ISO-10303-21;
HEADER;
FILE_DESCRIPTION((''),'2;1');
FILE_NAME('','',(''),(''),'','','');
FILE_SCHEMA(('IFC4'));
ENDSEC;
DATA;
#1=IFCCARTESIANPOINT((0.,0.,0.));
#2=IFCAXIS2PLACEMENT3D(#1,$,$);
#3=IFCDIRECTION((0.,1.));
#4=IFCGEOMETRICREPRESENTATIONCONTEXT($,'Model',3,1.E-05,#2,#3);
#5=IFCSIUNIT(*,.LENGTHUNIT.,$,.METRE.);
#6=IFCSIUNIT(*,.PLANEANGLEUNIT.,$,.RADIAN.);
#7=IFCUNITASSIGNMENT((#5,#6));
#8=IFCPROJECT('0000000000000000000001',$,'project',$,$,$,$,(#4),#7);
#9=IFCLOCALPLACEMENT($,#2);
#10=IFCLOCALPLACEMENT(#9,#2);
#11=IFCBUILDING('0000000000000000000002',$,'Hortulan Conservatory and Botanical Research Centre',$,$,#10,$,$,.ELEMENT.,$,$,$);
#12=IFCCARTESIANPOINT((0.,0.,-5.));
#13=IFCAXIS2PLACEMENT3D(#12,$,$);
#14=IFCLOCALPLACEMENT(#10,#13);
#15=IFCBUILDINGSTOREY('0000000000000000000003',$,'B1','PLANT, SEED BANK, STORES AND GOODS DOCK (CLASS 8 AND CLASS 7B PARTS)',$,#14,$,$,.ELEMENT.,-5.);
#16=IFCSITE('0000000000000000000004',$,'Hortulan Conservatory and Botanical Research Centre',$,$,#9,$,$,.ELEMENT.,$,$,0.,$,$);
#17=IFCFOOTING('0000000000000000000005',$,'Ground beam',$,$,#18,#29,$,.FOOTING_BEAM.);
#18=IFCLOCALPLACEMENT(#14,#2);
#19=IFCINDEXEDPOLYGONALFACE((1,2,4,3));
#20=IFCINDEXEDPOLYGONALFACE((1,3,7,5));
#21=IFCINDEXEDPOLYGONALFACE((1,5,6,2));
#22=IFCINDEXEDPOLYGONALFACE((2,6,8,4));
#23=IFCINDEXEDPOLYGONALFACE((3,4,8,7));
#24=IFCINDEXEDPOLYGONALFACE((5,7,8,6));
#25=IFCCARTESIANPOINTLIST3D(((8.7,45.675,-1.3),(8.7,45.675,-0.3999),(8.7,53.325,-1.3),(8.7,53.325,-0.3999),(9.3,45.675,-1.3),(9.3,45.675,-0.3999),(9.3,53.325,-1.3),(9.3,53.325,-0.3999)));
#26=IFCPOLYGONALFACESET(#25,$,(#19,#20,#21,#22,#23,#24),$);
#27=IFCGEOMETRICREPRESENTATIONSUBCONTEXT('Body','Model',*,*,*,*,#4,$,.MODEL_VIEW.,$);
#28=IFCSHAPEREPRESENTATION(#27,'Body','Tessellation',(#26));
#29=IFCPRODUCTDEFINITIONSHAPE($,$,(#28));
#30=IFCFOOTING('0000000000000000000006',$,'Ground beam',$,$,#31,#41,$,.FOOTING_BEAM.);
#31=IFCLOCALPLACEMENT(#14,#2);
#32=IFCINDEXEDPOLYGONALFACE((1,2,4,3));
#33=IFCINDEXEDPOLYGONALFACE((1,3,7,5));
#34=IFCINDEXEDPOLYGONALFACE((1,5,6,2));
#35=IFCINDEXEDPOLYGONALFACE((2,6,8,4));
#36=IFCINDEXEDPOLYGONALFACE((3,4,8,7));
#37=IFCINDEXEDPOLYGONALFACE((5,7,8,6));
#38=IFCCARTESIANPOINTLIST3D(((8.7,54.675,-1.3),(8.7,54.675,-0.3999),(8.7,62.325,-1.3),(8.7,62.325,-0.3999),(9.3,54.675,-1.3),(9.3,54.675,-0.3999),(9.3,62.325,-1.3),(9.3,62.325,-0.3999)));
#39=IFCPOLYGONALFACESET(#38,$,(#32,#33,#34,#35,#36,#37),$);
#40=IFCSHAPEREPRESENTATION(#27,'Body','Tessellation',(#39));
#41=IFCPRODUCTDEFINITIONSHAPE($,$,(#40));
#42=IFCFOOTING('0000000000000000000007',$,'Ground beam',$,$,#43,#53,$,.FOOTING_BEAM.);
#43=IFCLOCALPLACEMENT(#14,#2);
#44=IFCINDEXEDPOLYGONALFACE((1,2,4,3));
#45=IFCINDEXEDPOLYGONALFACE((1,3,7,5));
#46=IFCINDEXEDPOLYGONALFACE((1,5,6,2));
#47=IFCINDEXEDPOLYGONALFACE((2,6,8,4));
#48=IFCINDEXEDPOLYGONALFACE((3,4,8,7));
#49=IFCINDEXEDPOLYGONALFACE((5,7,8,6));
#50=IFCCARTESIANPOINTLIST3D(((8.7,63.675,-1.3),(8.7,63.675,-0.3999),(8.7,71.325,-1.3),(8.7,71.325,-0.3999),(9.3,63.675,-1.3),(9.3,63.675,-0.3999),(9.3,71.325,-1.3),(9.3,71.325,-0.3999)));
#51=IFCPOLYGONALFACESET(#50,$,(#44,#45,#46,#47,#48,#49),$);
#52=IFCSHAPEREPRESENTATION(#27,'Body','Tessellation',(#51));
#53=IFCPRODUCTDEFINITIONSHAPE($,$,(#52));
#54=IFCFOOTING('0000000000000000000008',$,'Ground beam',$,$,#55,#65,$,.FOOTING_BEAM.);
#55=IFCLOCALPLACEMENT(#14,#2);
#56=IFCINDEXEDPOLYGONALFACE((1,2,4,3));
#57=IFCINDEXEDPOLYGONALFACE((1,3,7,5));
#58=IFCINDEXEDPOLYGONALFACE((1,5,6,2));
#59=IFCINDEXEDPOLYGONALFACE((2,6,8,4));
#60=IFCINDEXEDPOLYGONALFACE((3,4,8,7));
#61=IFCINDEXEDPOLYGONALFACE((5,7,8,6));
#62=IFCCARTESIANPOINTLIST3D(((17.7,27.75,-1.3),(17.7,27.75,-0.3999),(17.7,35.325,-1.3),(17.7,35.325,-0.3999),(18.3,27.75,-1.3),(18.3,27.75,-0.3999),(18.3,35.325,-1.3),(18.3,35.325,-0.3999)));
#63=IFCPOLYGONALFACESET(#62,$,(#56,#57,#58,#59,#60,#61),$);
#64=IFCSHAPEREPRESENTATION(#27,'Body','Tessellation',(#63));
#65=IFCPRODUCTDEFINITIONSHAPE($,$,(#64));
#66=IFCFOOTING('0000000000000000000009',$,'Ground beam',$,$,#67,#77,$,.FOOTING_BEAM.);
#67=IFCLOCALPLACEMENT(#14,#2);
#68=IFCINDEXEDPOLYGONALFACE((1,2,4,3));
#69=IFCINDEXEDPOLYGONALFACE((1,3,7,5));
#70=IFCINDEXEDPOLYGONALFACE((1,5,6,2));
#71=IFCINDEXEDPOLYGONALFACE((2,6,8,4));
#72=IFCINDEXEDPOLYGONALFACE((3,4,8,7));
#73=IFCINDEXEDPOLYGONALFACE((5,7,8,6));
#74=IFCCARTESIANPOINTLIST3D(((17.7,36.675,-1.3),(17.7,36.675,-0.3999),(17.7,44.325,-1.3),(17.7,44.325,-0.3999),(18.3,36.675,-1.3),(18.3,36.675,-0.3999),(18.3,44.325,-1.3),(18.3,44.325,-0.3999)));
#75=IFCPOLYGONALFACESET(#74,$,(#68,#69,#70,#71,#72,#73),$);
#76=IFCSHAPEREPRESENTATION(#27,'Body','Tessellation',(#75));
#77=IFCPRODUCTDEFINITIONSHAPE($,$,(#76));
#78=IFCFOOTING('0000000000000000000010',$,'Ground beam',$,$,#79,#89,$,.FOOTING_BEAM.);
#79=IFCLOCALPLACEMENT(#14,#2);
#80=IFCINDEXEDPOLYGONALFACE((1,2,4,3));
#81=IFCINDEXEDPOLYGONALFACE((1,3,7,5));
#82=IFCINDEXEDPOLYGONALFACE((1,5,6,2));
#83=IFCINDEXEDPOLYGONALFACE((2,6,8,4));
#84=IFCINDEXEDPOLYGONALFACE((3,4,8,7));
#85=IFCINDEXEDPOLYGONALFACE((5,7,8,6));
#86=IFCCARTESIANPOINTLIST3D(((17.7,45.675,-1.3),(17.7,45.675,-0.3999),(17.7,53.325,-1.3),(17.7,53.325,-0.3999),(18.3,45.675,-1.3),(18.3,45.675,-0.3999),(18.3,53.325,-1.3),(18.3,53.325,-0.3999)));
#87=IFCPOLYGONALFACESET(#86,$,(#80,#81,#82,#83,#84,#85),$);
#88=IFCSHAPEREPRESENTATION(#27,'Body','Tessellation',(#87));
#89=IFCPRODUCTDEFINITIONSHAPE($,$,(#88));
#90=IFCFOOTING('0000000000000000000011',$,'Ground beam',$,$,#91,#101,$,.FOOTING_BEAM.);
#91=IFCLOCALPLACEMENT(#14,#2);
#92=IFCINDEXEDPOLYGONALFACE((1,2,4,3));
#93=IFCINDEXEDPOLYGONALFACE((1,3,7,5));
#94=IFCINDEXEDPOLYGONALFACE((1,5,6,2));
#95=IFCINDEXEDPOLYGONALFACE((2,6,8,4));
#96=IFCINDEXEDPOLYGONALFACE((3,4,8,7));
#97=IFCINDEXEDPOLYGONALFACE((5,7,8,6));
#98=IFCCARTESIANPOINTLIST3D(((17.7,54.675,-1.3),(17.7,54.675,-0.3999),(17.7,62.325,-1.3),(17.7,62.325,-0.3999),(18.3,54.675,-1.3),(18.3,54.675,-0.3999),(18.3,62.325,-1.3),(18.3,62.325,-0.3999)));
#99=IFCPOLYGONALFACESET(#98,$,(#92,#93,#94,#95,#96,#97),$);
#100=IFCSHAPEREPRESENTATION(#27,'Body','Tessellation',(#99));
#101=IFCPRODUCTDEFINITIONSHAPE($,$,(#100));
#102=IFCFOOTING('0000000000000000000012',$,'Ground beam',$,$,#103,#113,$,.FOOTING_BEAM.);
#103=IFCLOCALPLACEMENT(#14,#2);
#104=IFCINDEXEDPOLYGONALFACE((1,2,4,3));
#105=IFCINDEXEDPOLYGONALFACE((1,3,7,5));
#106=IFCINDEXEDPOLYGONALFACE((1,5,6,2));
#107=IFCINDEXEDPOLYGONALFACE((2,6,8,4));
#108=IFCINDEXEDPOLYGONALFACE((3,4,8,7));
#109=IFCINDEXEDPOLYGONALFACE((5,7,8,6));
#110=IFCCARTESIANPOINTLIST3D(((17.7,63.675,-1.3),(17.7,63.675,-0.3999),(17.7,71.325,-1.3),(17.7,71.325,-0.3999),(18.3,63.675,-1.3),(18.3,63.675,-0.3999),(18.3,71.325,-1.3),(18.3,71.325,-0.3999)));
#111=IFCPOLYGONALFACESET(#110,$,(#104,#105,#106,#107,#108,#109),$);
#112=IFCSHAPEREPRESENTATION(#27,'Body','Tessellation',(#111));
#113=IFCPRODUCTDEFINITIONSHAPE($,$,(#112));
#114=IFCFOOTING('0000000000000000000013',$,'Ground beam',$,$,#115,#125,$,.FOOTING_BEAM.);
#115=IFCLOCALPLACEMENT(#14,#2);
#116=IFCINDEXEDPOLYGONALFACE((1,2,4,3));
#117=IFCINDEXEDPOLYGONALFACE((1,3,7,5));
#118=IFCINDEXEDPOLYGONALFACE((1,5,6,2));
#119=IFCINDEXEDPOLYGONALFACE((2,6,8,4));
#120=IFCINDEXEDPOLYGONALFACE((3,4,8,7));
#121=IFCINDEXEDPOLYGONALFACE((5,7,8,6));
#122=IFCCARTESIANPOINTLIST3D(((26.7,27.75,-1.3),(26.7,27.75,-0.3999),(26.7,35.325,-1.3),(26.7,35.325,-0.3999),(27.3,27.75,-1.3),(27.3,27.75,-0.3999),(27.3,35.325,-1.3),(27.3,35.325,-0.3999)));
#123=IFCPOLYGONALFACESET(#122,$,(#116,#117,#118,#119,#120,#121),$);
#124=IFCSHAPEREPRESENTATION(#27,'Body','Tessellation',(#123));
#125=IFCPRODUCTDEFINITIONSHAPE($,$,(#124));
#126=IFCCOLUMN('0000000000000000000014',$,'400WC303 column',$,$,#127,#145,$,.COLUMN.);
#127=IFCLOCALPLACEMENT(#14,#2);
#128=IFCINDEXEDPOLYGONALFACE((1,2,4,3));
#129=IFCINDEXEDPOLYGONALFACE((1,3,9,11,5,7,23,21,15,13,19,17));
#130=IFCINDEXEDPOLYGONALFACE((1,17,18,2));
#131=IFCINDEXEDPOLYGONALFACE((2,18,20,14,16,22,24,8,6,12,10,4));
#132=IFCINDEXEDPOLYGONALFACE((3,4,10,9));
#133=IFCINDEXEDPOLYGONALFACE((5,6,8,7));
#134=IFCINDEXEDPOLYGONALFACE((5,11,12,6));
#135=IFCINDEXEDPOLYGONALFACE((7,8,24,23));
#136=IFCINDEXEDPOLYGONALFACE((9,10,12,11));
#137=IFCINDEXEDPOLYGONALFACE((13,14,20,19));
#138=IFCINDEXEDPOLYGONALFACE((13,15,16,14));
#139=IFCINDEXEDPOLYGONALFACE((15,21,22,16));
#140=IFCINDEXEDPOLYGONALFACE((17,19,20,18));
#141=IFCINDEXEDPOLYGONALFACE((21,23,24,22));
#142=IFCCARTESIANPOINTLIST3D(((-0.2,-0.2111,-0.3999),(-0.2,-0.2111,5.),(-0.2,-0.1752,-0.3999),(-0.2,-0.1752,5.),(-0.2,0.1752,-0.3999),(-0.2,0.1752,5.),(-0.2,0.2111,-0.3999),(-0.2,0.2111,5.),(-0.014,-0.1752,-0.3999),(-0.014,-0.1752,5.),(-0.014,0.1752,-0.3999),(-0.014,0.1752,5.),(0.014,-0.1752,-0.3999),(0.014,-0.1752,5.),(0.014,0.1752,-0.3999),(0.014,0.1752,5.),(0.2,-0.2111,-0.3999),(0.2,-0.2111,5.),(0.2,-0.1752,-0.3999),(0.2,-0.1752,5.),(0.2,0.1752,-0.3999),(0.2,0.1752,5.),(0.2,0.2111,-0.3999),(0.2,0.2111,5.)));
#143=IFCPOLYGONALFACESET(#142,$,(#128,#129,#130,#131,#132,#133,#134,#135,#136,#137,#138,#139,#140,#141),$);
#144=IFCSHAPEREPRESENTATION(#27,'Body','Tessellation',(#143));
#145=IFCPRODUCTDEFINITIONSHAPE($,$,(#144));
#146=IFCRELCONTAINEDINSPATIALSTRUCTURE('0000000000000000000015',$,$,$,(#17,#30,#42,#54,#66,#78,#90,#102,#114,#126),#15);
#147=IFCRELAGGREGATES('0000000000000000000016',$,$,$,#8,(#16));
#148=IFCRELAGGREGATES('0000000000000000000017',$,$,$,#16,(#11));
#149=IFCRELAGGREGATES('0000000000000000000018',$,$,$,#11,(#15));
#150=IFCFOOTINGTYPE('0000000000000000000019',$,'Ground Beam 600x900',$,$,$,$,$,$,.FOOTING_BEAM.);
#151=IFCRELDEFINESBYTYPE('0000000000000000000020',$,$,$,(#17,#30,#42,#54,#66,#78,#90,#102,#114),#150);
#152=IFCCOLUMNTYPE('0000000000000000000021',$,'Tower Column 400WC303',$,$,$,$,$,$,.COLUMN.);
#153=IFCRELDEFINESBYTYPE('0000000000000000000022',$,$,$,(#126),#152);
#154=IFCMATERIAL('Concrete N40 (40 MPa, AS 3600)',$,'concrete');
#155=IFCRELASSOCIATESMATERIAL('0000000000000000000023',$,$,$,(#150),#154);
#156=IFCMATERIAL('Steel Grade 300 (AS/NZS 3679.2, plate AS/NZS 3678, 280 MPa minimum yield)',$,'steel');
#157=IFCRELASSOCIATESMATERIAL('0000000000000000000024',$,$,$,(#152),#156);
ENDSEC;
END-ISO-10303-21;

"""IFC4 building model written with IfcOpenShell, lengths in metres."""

from ifc_helpers import new_model, si_unit, direction, frame, origin, origin_2d, place, context, subcontext, project, spatial, polyline, i_section, outline, extrude, material, material_profile, profile_set, type_object, element, save


model = new_model("IFC4")

# Units and contexts
model_context = context("Model", 3, precision=1e-05, world=origin(), true_north=direction((0.0, 1.0)))
body_context = subcontext(model_context, "Body", "Model", "MODEL_VIEW")
ifc_project = project(units=[si_unit("LENGTHUNIT", "METRE"), si_unit("PLANEANGLEUNIT", "RADIAN")], contexts=[model_context])

# Site, building, storey
site_placement = place(None, origin())
site = spatial("IfcSite", under=ifc_project, at=site_placement, Name="Hortulan Conservatory and Botanical Research Centre", CompositionType="ELEMENT", RefElevation=0.0)
building_placement = place(site_placement, origin())
building = spatial("IfcBuilding", under=site, at=building_placement, Name="Hortulan Conservatory and Botanical Research Centre", CompositionType="ELEMENT")
storey_placement = place(building_placement, frame((0.0, 0.0, -5.0)))
storey = spatial("IfcBuildingStorey", under=building, at=storey_placement, Name="B1", Description="PLANT, SEED BANK, STORES AND GOODS DOCK (CLASS 8 AND CLASS 7B PARTS)", CompositionType="ELEMENT", Elevation=-5.0)

# Footings
ifc_material_1 = material(Name="Concrete N40 (40 MPa, AS 3600)", Category="concrete")
footing_type = type_object("IfcFootingType", Name="Ground Beam 600x900", PredefinedType="FOOTING_BEAM", material=ifc_material_1)
footing_1_placement = place(storey_placement, frame((0.0, 0.0, -1.3)))
element("IfcFooting", 1, at=footing_1_placement, inside=storey, type_object=footing_type, Name="Ground beam", PredefinedType="FOOTING_BEAM", context=body_context, shape_type="SweptSolid", body=[
    extrude(outline(polyline([(9.3, 45.675), (9.3, 53.325), (8.7, 53.325), (8.7, 45.675), (9.3, 45.675)])), origin(), (0.0, 0.0, 1.0), 0.9001),
])
footing_2_placement = place(storey_placement, frame((0.0, 0.0, -1.3)))
element("IfcFooting", 2, at=footing_2_placement, inside=storey, type_object=footing_type, Name="Ground beam", PredefinedType="FOOTING_BEAM", context=body_context, shape_type="SweptSolid", body=[
    extrude(outline(polyline([(9.3, 54.675), (9.3, 62.325), (8.7, 62.325), (8.7, 54.675), (9.3, 54.675)])), origin(), (0.0, 0.0, 1.0), 0.9001),
])
footing_3_placement = place(storey_placement, frame((0.0, 0.0, -1.3)))
element("IfcFooting", 3, at=footing_3_placement, inside=storey, type_object=footing_type, Name="Ground beam", PredefinedType="FOOTING_BEAM", context=body_context, shape_type="SweptSolid", body=[
    extrude(outline(polyline([(9.3, 63.675), (9.3, 71.325), (8.7, 71.325), (8.7, 63.675), (9.3, 63.675)])), origin(), (0.0, 0.0, 1.0), 0.9001),
])
footing_4_placement = place(storey_placement, frame((0.0, 0.0, -1.3)))
element("IfcFooting", 4, at=footing_4_placement, inside=storey, type_object=footing_type, Name="Ground beam", PredefinedType="FOOTING_BEAM", context=body_context, shape_type="SweptSolid", body=[
    extrude(outline(polyline([(18.3, 27.75), (18.3, 35.325), (17.7, 35.325), (17.7, 27.75), (18.3, 27.75)])), origin(), (0.0, 0.0, 1.0), 0.9001),
])
footing_5_placement = place(storey_placement, frame((0.0, 0.0, -1.3)))
element("IfcFooting", 5, at=footing_5_placement, inside=storey, type_object=footing_type, Name="Ground beam", PredefinedType="FOOTING_BEAM", context=body_context, shape_type="SweptSolid", body=[
    extrude(outline(polyline([(18.3, 36.675), (18.3, 44.325), (17.7, 44.325), (17.7, 36.675), (18.3, 36.675)])), origin(), (0.0, 0.0, 1.0), 0.9001),
])
footing_6_placement = place(storey_placement, frame((0.0, 0.0, -1.3)))
element("IfcFooting", 6, at=footing_6_placement, inside=storey, type_object=footing_type, Name="Ground beam", PredefinedType="FOOTING_BEAM", context=body_context, shape_type="SweptSolid", body=[
    extrude(outline(polyline([(18.3, 45.675), (18.3, 53.325), (17.7, 53.325), (17.7, 45.675), (18.3, 45.675)])), origin(), (0.0, 0.0, 1.0), 0.9001),
])
footing_7_placement = place(storey_placement, frame((0.0, 0.0, -1.3)))
element("IfcFooting", 7, at=footing_7_placement, inside=storey, type_object=footing_type, Name="Ground beam", PredefinedType="FOOTING_BEAM", context=body_context, shape_type="SweptSolid", body=[
    extrude(outline(polyline([(18.3, 54.675), (18.3, 62.325), (17.7, 62.325), (17.7, 54.675), (18.3, 54.675)])), origin(), (0.0, 0.0, 1.0), 0.9001),
])
footing_8_placement = place(storey_placement, frame((0.0, 0.0, -1.3)))
element("IfcFooting", 8, at=footing_8_placement, inside=storey, type_object=footing_type, Name="Ground beam", PredefinedType="FOOTING_BEAM", context=body_context, shape_type="SweptSolid", body=[
    extrude(outline(polyline([(18.3, 63.675), (18.3, 71.325), (17.7, 71.325), (17.7, 63.675), (18.3, 63.675)])), origin(), (0.0, 0.0, 1.0), 0.9001),
])
footing_9_placement = place(storey_placement, frame((0.0, 0.0, -1.3)))
element("IfcFooting", 9, at=footing_9_placement, inside=storey, type_object=footing_type, Name="Ground beam", PredefinedType="FOOTING_BEAM", context=body_context, shape_type="SweptSolid", body=[
    extrude(outline(polyline([(27.3, 27.75), (27.3, 35.325), (26.7, 35.325), (26.7, 27.75), (27.3, 27.75)])), origin(), (0.0, 0.0, 1.0), 0.9001),
])

# Column
ifc_material_2 = material(Name="Steel Grade 300 (AS/NZS 3679.2, plate AS/NZS 3678, 280 MPa minimum yield)", Category="steel")
ifc_material_profile = material_profile(ifc_material_2, i_section(OverallWidth=0.3999, OverallDepth=0.4221, WebThickness=0.0281, FlangeThickness=0.0359, at=origin_2d()), Name="400WC303")
ifc_profile_set = profile_set([ifc_material_profile], Name="Steel Grade 300 (AS/NZS 3679.2, plate AS/NZS 3678, 280 MPa minimum yield)")
column_type = type_object("IfcColumnType", Name="Tower Column 400WC303", PredefinedType="COLUMN", material=ifc_profile_set)
column_placement = place(storey_placement, frame((0.0, 0.0, -0.3999), z_axis=(0.0, 0.0, 1.0), x_axis=(1.0, 0.0, 0.0)))
element("IfcColumn", 10, at=column_placement, inside=storey, type_object=column_type, Name="400WC303 column", PredefinedType="COLUMN", context=body_context, shape_type="SweptSolid", body=[
    extrude(i_section(OverallWidth=0.3999, OverallDepth=0.4221, WebThickness=0.0281, FlangeThickness=0.0359, at=origin_2d()), origin(), (0.0, 0.0, 1.0), 5.3999),
])

save(model, "model.ifc")
